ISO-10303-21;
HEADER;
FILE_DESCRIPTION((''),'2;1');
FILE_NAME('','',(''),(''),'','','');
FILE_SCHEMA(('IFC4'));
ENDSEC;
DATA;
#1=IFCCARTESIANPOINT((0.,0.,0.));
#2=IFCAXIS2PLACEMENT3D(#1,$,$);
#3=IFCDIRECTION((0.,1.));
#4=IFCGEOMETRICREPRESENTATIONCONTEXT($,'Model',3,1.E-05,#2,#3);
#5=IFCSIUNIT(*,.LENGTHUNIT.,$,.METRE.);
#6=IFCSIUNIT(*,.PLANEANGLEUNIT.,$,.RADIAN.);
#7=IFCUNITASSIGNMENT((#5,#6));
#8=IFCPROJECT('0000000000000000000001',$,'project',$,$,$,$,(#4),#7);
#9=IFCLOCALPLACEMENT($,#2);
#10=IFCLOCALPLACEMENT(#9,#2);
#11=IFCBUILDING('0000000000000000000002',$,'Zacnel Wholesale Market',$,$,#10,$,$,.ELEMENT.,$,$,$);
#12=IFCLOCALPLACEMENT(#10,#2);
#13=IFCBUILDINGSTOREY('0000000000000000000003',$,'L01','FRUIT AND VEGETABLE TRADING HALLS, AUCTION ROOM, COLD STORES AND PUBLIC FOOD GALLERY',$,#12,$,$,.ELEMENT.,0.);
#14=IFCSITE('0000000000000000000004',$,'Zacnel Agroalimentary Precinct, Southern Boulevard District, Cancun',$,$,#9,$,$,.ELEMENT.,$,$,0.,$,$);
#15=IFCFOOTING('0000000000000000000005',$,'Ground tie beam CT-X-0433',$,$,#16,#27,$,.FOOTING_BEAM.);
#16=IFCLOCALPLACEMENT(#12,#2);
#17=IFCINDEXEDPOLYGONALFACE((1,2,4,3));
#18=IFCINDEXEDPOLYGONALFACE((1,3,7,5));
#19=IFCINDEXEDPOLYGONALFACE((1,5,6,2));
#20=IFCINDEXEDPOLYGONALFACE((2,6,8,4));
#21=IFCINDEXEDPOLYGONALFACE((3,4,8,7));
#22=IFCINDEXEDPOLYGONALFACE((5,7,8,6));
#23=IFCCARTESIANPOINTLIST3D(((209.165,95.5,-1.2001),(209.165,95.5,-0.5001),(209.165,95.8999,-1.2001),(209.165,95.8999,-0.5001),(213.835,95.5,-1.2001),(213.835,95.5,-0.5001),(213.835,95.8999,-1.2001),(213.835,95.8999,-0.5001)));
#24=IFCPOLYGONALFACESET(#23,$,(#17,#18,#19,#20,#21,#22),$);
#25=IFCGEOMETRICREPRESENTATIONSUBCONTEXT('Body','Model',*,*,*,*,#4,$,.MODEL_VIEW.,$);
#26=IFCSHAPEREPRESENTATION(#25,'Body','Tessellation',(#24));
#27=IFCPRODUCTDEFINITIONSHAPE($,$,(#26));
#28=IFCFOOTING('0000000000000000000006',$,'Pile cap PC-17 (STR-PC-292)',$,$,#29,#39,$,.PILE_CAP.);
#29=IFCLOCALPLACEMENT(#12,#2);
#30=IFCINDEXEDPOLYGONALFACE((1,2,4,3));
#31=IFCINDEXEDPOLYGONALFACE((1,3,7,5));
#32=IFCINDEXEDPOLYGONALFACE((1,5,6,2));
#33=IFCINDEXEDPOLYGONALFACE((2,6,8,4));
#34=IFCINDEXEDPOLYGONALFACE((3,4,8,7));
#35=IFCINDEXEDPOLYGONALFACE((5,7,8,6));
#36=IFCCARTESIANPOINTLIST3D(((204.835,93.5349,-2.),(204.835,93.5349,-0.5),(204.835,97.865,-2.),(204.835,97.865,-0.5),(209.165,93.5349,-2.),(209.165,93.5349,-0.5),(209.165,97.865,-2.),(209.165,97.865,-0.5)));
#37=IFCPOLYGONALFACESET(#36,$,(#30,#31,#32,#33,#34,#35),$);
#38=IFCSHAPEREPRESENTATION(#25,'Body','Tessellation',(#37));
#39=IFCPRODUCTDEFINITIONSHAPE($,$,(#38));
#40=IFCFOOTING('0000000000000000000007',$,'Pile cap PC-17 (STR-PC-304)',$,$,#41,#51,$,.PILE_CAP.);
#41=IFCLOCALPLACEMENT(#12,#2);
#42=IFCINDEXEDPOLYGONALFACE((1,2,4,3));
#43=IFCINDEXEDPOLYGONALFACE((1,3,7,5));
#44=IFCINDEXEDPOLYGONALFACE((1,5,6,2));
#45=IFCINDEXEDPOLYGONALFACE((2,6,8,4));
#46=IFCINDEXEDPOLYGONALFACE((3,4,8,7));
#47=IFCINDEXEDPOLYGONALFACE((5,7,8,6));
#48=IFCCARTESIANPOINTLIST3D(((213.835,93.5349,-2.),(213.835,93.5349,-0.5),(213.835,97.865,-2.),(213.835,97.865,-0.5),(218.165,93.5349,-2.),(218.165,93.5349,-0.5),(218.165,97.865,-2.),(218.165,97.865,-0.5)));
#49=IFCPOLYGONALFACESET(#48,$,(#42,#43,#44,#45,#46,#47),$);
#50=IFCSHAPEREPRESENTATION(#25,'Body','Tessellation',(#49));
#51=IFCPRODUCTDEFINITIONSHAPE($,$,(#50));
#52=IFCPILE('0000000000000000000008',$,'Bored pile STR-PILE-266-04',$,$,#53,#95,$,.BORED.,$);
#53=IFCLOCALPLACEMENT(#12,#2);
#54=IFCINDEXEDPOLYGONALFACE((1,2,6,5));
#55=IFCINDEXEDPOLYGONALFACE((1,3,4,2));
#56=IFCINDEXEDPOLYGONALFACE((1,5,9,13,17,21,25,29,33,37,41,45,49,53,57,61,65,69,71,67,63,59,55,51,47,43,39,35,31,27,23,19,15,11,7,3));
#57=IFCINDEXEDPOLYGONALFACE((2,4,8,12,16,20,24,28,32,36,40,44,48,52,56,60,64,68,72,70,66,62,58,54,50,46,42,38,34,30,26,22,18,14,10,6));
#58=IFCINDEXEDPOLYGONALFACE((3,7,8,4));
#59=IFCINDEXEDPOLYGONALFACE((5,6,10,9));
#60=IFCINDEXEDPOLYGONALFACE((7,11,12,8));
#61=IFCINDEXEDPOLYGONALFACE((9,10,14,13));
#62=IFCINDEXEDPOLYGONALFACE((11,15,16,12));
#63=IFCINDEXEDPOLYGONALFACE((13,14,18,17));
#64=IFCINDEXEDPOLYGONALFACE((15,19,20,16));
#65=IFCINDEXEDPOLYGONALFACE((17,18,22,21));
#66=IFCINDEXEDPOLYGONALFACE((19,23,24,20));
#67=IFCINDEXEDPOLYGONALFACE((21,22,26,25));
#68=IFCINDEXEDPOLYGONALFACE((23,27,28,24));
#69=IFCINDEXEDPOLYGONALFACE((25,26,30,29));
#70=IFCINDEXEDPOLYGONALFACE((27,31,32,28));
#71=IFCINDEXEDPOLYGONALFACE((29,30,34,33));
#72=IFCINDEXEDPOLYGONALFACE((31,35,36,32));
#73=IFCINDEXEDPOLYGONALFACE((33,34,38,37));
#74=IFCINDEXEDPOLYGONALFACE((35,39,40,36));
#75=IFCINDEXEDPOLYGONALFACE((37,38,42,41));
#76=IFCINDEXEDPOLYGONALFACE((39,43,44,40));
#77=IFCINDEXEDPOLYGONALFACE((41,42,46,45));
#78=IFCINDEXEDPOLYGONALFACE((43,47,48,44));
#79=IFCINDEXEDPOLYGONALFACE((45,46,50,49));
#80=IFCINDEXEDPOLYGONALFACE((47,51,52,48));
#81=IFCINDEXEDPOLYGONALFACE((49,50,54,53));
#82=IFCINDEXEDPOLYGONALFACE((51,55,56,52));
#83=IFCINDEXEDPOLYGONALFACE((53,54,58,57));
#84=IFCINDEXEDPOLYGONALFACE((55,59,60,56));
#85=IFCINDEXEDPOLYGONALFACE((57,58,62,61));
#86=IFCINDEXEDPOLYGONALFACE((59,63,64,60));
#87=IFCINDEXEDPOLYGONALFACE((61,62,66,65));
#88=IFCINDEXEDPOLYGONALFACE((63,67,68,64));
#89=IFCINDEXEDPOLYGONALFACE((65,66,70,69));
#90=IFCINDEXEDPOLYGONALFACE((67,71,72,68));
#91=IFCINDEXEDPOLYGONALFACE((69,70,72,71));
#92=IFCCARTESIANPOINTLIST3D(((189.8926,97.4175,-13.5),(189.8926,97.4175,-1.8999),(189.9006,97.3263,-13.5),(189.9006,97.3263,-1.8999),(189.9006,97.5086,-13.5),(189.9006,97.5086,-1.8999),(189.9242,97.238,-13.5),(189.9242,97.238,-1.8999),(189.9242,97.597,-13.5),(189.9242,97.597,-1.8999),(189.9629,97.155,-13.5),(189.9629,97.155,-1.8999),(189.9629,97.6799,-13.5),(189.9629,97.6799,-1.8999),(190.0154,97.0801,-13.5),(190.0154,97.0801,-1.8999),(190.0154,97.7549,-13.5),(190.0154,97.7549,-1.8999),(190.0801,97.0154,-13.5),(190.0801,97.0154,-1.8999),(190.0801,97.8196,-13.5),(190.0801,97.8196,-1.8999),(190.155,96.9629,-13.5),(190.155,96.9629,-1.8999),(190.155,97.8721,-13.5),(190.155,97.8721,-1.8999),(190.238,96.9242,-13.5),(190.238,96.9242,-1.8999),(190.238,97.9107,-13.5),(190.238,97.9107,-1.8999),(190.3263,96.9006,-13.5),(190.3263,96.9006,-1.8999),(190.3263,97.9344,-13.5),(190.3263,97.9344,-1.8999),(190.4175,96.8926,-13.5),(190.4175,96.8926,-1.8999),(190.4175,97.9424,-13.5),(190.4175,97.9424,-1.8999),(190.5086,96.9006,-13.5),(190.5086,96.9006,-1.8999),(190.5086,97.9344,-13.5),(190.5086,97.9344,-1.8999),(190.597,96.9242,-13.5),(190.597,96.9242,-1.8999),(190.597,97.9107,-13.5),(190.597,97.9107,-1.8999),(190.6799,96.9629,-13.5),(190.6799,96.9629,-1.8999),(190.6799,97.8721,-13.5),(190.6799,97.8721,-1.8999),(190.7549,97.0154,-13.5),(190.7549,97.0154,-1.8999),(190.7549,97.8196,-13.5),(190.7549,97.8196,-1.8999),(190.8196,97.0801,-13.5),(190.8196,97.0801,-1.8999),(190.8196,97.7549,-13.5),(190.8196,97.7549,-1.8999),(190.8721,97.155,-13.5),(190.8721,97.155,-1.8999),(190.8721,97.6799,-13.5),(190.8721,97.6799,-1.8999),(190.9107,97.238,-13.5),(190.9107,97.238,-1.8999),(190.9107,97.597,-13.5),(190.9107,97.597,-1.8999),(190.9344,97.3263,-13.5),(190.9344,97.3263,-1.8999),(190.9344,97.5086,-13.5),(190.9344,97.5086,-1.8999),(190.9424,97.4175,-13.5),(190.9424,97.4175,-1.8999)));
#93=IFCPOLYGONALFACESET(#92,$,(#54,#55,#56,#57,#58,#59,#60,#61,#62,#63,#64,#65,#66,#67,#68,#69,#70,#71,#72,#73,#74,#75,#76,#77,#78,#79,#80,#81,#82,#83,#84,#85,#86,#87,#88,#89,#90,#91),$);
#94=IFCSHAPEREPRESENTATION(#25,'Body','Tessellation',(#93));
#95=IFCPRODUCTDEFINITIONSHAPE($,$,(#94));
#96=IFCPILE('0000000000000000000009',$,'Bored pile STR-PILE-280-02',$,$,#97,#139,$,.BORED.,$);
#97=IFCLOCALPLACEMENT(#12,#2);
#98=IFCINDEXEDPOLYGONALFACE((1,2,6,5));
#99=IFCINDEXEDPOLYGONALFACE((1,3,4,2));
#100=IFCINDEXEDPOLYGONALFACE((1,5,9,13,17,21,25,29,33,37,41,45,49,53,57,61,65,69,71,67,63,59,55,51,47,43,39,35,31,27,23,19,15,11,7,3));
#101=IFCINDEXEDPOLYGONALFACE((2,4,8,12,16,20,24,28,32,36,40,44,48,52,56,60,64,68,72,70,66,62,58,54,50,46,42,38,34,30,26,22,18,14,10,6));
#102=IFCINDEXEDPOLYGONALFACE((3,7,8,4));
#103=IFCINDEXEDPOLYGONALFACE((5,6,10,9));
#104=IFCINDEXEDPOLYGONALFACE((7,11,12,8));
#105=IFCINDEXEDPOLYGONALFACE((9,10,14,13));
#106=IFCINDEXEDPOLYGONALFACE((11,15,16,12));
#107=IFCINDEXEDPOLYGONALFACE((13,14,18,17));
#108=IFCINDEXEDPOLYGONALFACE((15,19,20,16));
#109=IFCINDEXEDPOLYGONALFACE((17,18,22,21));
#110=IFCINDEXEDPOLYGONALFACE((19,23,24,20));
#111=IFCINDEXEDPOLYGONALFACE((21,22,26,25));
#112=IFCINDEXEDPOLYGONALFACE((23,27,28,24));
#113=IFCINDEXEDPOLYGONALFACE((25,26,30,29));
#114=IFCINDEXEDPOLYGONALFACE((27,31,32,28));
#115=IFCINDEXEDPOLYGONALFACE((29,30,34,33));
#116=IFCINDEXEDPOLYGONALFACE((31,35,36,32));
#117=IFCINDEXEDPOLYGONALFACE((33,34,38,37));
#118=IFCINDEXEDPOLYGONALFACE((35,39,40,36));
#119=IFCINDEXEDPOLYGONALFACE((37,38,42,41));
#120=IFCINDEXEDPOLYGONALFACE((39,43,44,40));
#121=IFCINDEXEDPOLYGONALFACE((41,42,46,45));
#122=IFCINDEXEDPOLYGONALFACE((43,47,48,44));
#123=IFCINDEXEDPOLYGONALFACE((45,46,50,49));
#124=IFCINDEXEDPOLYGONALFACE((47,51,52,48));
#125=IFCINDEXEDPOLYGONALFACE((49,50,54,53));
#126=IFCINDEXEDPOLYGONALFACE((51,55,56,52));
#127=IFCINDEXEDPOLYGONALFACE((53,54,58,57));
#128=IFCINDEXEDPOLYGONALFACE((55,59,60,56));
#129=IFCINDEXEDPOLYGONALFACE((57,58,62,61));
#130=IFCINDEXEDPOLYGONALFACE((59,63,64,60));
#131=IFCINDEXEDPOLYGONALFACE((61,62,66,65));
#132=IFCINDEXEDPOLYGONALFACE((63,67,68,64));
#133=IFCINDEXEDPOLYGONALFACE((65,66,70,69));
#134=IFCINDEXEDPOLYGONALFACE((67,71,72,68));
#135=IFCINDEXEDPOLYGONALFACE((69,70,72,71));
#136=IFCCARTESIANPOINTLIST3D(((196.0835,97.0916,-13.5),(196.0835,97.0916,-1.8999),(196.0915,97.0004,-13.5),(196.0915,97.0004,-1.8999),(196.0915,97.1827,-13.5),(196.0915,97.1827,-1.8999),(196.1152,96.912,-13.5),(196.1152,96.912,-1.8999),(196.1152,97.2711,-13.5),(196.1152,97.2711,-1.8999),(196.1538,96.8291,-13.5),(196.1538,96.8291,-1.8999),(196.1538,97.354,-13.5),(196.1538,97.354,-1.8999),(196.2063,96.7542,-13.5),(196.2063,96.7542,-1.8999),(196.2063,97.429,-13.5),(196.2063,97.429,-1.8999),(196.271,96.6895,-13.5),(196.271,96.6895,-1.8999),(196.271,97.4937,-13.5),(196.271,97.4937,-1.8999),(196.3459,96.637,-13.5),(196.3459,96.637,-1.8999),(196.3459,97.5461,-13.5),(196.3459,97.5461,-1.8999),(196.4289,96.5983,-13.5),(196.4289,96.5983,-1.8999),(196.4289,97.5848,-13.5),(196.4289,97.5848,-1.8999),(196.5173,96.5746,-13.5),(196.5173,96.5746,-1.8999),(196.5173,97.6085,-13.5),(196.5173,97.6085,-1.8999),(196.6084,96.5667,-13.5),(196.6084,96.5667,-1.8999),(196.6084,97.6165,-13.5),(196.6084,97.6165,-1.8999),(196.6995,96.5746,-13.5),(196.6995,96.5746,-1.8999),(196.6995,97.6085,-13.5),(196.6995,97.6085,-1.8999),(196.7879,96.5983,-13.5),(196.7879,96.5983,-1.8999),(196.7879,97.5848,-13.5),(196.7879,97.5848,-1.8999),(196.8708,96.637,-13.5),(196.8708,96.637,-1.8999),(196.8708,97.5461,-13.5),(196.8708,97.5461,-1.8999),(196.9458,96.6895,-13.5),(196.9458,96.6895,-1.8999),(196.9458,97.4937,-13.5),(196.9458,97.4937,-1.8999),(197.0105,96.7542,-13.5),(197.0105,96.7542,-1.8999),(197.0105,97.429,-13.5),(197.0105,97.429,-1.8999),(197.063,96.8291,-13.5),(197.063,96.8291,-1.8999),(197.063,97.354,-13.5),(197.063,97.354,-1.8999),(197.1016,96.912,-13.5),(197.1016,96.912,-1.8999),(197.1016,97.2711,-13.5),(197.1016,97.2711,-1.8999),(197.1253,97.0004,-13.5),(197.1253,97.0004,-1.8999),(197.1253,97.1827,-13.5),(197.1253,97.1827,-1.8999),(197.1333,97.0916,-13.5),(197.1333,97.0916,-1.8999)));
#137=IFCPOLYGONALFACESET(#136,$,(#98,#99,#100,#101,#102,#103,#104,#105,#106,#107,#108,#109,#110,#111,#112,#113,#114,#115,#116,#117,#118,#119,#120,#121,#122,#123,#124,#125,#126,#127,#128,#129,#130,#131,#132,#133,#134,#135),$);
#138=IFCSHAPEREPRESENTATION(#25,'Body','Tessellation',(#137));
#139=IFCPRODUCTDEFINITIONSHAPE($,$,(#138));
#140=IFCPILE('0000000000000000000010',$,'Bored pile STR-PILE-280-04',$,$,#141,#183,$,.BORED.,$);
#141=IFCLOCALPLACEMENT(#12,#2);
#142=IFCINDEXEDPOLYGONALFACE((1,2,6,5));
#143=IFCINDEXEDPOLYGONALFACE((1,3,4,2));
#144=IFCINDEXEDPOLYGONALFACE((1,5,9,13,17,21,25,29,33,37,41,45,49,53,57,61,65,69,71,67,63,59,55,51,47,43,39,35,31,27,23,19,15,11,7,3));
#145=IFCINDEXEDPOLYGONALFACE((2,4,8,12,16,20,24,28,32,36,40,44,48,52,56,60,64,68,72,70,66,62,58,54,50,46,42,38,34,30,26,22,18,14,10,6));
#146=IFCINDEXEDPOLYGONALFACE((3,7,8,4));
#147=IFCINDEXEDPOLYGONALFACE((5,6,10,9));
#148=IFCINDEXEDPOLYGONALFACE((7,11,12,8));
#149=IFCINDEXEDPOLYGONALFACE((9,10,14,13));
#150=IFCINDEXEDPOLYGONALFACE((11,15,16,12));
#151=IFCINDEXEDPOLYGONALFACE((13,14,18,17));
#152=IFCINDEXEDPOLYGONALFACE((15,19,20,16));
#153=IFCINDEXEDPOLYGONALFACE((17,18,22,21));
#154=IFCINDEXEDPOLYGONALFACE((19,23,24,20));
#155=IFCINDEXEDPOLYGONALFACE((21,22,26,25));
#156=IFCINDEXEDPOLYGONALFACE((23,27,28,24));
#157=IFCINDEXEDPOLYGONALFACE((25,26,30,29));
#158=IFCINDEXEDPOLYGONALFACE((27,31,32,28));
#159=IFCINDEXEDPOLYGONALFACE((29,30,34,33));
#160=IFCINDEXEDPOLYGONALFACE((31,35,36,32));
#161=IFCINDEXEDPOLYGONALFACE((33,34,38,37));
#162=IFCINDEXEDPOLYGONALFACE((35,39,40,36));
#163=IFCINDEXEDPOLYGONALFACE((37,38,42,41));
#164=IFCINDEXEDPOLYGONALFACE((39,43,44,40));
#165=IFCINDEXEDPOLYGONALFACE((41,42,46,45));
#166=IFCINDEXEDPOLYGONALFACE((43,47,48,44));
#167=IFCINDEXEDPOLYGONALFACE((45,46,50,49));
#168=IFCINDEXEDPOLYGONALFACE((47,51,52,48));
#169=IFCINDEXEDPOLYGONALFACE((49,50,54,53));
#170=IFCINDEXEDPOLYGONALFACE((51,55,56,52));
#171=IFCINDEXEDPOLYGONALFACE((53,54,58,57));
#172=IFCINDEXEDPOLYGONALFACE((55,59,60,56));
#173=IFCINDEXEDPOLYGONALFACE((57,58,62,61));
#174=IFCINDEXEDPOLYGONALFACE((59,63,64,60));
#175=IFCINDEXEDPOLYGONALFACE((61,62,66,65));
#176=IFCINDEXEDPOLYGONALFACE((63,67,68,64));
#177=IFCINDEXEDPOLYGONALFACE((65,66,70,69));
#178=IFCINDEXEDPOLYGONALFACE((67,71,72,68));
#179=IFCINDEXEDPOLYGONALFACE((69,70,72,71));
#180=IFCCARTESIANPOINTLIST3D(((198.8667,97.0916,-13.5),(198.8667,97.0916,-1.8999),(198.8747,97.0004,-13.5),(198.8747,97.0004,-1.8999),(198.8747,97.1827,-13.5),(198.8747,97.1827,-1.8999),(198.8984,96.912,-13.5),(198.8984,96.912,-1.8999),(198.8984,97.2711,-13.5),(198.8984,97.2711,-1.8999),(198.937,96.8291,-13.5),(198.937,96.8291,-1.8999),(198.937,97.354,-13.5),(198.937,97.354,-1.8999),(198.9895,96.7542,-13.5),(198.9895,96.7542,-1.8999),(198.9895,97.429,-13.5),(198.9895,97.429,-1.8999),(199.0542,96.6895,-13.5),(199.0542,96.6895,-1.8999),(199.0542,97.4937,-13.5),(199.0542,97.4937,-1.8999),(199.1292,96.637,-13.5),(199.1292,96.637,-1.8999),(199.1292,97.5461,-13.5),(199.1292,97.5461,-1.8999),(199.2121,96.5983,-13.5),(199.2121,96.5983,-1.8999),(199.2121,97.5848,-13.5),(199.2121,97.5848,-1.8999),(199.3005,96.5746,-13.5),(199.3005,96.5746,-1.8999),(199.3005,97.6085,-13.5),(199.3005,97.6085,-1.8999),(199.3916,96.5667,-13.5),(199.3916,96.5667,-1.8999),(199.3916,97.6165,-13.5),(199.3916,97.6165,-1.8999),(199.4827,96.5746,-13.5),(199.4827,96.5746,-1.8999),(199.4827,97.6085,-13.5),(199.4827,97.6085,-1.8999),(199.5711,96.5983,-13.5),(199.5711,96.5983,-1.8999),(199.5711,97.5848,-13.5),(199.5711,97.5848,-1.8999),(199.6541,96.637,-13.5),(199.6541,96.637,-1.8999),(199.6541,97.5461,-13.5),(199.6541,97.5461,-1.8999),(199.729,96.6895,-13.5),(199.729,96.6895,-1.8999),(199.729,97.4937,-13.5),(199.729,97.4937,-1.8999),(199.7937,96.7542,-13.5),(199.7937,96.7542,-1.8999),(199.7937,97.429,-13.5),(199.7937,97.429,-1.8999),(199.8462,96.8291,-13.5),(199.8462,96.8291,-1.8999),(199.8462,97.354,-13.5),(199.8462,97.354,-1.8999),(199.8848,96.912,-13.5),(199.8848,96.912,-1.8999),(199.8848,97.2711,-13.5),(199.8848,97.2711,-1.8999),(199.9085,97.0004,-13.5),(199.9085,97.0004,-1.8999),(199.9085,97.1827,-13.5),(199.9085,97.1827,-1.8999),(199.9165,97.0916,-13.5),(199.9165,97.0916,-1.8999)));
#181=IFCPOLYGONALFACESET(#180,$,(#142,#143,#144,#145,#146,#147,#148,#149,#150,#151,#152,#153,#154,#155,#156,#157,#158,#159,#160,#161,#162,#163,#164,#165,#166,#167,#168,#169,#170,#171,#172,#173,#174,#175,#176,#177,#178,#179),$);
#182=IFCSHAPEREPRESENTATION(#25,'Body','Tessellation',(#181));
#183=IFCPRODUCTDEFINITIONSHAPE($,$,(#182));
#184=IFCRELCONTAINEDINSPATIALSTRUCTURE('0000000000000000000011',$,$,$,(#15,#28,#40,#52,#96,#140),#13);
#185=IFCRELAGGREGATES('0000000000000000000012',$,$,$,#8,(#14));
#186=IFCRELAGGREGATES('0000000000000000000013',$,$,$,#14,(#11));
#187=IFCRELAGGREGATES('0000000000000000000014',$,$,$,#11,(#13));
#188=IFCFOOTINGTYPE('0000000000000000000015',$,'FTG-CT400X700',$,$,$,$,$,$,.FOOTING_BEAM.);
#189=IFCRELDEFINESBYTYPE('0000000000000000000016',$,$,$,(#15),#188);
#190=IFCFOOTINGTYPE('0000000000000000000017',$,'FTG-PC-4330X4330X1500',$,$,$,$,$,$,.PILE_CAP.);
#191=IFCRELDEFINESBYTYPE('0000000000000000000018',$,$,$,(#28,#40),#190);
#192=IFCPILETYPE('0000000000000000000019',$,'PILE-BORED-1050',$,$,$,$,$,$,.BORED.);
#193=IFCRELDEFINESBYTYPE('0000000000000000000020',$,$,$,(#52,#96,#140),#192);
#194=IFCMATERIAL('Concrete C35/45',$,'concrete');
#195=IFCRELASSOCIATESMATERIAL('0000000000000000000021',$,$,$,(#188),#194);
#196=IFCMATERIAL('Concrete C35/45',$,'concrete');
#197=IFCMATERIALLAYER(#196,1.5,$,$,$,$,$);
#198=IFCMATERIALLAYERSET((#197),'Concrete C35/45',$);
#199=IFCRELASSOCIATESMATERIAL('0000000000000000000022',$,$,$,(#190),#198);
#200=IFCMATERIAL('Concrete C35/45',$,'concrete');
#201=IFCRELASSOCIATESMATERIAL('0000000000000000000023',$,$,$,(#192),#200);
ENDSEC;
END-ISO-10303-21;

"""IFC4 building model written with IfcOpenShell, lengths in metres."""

from ifc_helpers import new_model, si_unit, direction, frame, origin, origin_2d, place, context, subcontext, project, spatial, rectangle, circle, extrude, material, layer, layer_set, material_profile, profile_set, type_object, element, save


model = new_model("IFC4")

# Units and contexts
model_context = context("Model", 3, precision=1e-05, world=origin(), true_north=direction((0.0, 1.0)))
body_context = subcontext(model_context, "Body", "Model", "MODEL_VIEW")
ifc_project = project(units=[si_unit("LENGTHUNIT", "METRE"), si_unit("PLANEANGLEUNIT", "RADIAN")], contexts=[model_context])

# Site, building, storey
site_placement = place(None, origin())
site = spatial("IfcSite", under=ifc_project, at=site_placement, Name="Zacnel Agroalimentary Precinct, Southern Boulevard District, Cancun", CompositionType="ELEMENT", RefElevation=0.0)
building_placement = place(site_placement, origin())
building = spatial("IfcBuilding", under=site, at=building_placement, Name="Zacnel Wholesale Market", CompositionType="ELEMENT")
storey_placement = place(building_placement, origin())
storey = spatial("IfcBuildingStorey", under=building, at=storey_placement, Name="L01", Description="FRUIT AND VEGETABLE TRADING HALLS, AUCTION ROOM, COLD STORES AND PUBLIC FOOD GALLERY", CompositionType="ELEMENT", Elevation=0.0)

# Footings
ifc_material_1 = material(Name="Concrete C35/45", Category="concrete")
ifc_material_profile_1 = material_profile(ifc_material_1, rectangle(XDim=0.3999, YDim=0.7, at=origin_2d()), Name="CT 400x700")
ifc_profile_set_1 = profile_set([ifc_material_profile_1], Name="Concrete C35/45")
footing_type_1 = type_object("IfcFootingType", Name="FTG-CT400X700", PredefinedType="FOOTING_BEAM", material=ifc_profile_set_1)
footing_placement = place(storey_placement, frame((209.165, 95.7, -0.8501), z_axis=(1.0, 0.0, 0.0), x_axis=(0.0, 1.0, 0.0)))
element("IfcFooting", 1, at=footing_placement, inside=storey, type_object=footing_type_1, Name="Ground tie beam CT-X-0433", PredefinedType="FOOTING_BEAM", context=body_context, shape_type="SweptSolid", body=[
    extrude(rectangle(XDim=0.3999, YDim=0.7, at=origin_2d()), origin(), (0.0, 0.0, 1.0), 4.6699),
])
ifc_material_2 = material(Name="Concrete C35/45", Category="concrete")
ifc_layer_1 = layer(ifc_material_2, 1.5)
ifc_layer_set_1 = layer_set([ifc_layer_1], Name="Concrete C35/45")
footing_type_2 = type_object("IfcFootingType", Name="FTG-PC-4330X4330X1500", PredefinedType="PILE_CAP", material=ifc_layer_set_1)
for number, where, z_axis, x_axis, name in (
    (2, (207.0, 95.7, -2.0), (0.0, 0.0, 1.0), (1.0, 0.0, 0.0), "Pile cap PC-17 (STR-PC-292)"),
    (3, (216.0, 95.7, -2.0), (0.0, 0.0, 1.0), (1.0, 0.0, 0.0), "Pile cap PC-17 (STR-PC-304)"),
):
    element("IfcFooting", number, at=place(storey_placement, frame(where, z_axis=z_axis, x_axis=x_axis)), inside=storey, type_object=footing_type_2, Name=name, PredefinedType="PILE_CAP", context=body_context, shape_type="SweptSolid", body=[
        extrude(rectangle(XDim=4.3301, YDim=4.3301, at=origin_2d()), origin(), (0.0, 0.0, 1.0), 1.5),
    ])

# Piles
ifc_material_3 = material(Name="Concrete C35/45", Category="concrete")
ifc_material_profile_2 = material_profile(ifc_material_3, circle(Radius=0.5249, at=origin_2d()), Name="BORED PILE D1050")
ifc_profile_set_2 = profile_set([ifc_material_profile_2], Name="Concrete C35/45")
pile_type = type_object("IfcPileType", Name="PILE-BORED-1050", PredefinedType="BORED", material=ifc_profile_set_2)
for number, where, z_axis, x_axis, name in (
    (4, (190.4175, 97.4175, -1.8999), (0.0, 0.0, -1.0), (1.0, 0.0, 0.0), "Bored pile STR-PILE-266-04"),
    (5, (196.6084, 97.0916, -1.8999), (0.0, 0.0, -1.0), (1.0, 0.0, 0.0), "Bored pile STR-PILE-280-02"),
    (6, (199.3916, 97.0916, -1.8999), (0.0, 0.0, -1.0), (1.0, 0.0, 0.0), "Bored pile STR-PILE-280-04"),
):
    element("IfcPile", number, at=place(storey_placement, frame(where, z_axis=z_axis, x_axis=x_axis)), inside=storey, type_object=pile_type, Name=name, PredefinedType="BORED", context=body_context, shape_type="SweptSolid", body=[
        extrude(circle(Radius=0.5249, at=origin_2d()), origin(), (0.0, 0.0, 1.0), 11.6001),
    ])

save(model, "model.ifc")
